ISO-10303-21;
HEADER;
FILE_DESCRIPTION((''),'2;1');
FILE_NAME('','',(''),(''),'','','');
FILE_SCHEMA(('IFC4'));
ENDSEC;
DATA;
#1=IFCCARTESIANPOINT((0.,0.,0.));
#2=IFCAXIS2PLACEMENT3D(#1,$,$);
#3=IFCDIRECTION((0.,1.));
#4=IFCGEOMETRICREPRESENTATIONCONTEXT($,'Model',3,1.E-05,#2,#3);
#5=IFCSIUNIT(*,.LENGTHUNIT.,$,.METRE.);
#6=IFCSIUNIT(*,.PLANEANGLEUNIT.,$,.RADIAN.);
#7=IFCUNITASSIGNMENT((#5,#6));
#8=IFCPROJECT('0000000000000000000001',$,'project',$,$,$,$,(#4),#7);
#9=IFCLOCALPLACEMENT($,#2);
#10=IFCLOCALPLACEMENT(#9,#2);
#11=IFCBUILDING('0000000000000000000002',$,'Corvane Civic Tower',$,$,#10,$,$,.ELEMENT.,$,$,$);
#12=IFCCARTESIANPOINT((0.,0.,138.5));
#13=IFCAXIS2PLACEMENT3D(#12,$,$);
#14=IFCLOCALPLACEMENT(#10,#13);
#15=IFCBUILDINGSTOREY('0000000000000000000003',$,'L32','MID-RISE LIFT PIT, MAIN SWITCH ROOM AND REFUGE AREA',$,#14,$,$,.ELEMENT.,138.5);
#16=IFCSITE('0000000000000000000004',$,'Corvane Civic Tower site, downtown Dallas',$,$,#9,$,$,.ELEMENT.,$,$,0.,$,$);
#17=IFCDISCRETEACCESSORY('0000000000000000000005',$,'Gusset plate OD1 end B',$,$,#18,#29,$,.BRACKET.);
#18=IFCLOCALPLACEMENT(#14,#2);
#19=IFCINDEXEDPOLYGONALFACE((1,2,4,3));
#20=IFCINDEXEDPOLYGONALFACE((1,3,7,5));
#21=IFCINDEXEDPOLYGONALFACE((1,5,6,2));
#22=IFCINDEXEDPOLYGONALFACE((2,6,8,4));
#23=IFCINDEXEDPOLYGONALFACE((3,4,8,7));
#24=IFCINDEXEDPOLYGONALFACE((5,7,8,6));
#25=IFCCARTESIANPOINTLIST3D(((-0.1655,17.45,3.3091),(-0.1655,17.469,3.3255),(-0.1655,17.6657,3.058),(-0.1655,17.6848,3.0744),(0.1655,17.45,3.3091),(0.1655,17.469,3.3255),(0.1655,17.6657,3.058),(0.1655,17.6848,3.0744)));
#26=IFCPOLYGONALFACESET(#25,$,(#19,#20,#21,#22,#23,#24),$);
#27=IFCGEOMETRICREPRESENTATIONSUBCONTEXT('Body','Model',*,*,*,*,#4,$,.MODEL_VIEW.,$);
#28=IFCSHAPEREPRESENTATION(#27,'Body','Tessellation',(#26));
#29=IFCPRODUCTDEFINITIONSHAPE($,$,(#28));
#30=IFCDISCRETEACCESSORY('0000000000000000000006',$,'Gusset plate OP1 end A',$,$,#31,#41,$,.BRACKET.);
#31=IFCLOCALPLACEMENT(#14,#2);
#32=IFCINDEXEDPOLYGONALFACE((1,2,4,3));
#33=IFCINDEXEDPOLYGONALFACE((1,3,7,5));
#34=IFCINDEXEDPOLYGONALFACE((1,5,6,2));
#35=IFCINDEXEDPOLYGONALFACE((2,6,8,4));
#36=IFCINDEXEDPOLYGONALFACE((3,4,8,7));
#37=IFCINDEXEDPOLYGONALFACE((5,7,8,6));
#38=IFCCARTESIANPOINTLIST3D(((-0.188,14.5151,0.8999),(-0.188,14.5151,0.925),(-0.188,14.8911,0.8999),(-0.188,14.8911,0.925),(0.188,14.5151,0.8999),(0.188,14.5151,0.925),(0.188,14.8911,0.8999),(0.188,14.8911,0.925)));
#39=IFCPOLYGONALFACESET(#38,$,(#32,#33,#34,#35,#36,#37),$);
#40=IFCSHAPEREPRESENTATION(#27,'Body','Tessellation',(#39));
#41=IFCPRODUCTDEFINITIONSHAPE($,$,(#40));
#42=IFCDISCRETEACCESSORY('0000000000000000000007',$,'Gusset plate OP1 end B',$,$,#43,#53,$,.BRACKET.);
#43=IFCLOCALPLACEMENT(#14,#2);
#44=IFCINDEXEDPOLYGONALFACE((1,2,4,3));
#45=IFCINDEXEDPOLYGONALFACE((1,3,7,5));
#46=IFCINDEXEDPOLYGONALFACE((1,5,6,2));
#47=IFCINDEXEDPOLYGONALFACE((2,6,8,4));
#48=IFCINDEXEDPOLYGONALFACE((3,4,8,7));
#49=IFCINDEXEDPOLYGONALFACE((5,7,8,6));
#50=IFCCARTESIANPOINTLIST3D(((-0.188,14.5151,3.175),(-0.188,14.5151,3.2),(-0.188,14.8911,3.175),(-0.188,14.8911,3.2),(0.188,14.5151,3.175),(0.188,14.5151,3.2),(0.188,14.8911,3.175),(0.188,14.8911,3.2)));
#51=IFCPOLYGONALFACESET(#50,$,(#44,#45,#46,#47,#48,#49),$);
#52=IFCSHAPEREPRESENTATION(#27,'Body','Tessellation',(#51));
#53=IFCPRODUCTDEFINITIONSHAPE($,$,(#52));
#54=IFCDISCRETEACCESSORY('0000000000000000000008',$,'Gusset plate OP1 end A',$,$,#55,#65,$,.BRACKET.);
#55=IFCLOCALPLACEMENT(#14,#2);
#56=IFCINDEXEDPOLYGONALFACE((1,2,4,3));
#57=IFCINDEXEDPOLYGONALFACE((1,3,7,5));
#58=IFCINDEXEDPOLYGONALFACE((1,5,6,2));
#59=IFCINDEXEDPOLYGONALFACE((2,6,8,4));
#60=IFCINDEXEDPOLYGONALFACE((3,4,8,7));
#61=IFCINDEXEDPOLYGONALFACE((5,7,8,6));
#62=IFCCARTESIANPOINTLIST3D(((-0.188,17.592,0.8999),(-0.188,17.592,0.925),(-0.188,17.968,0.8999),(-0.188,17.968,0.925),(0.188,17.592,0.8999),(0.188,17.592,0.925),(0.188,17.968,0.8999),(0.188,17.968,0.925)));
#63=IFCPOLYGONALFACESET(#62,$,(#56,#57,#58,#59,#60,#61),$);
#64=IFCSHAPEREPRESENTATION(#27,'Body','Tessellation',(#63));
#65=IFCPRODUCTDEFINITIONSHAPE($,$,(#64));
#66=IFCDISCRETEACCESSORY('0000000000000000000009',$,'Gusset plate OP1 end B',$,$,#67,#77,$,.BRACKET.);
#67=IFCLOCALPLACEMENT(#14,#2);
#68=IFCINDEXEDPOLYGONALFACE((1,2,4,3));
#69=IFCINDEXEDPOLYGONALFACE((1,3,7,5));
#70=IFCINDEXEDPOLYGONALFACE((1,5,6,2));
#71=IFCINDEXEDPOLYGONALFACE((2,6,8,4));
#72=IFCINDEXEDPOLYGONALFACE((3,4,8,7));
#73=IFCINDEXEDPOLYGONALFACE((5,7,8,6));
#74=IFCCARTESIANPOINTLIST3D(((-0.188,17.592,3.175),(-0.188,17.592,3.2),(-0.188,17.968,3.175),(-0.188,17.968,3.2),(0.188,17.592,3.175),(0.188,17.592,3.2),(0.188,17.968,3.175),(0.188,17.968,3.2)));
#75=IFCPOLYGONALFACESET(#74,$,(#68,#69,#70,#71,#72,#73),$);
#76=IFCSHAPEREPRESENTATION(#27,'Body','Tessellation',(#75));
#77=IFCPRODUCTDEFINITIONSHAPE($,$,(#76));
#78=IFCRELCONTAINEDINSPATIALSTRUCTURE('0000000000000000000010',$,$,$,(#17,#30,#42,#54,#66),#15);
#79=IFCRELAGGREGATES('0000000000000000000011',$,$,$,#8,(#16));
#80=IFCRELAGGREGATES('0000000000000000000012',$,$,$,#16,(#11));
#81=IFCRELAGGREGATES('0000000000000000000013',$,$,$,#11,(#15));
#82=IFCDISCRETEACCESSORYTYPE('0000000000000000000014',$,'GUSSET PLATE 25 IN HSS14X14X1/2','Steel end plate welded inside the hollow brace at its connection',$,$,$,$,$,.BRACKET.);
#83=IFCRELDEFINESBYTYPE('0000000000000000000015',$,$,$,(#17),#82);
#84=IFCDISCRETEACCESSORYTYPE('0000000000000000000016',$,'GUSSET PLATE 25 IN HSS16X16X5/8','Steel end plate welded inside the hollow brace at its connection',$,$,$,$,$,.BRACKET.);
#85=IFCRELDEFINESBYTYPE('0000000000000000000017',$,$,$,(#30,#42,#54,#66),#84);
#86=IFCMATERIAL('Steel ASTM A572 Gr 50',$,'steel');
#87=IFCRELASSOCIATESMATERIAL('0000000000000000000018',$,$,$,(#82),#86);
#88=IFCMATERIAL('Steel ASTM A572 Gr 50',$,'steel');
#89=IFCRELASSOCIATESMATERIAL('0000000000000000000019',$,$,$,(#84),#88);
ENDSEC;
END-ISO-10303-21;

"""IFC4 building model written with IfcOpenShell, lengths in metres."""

from ifc_helpers import new_model, si_unit, direction, frame, origin, origin_2d, place, context, subcontext, project, spatial, rectangle, extrude, material, material_profile, profile_set, type_object, element, save


model = new_model("IFC4")

# Units and contexts
model_context = context("Model", 3, precision=1e-05, world=origin(), true_north=direction((0.0, 1.0)))
body_context = subcontext(model_context, "Body", "Model", "MODEL_VIEW")
ifc_project = project(units=[si_unit("LENGTHUNIT", "METRE"), si_unit("PLANEANGLEUNIT", "RADIAN")], contexts=[model_context])

# Site, building, storey
site_placement = place(None, origin())
site = spatial("IfcSite", under=ifc_project, at=site_placement, Name="Corvane Civic Tower site, downtown Dallas", CompositionType="ELEMENT", RefElevation=0.0)
building_placement = place(site_placement, origin())
building = spatial("IfcBuilding", under=site, at=building_placement, Name="Corvane Civic Tower", CompositionType="ELEMENT")
storey_placement = place(building_placement, frame((0.0, 0.0, 138.5)))
storey = spatial("IfcBuildingStorey", under=building, at=storey_placement, Name="L32", Description="MID-RISE LIFT PIT, MAIN SWITCH ROOM AND REFUGE AREA", CompositionType="ELEMENT", Elevation=138.5)

# Discrete accessories
ifc_material_1 = material(Name="Steel ASTM A572 Gr 50", Category="steel")
ifc_material_profile_1 = material_profile(ifc_material_1, rectangle(XDim=0.3311, YDim=0.3311, at=origin_2d()), Name="GUSSET PLATE 25 IN HSS14X14X1/2")
ifc_profile_set_1 = profile_set([ifc_material_profile_1], Name="Steel ASTM A572 Gr 50")
discrete_accessory_type_1 = type_object("IfcDiscreteAccessoryType", Name="GUSSET PLATE 25 IN HSS14X14X1/2", Description="Steel end plate welded inside the hollow brace at its connection", PredefinedType="BRACKET", material=ifc_profile_set_1)
discrete_accessory_1_placement = place(storey_placement, frame((0.0, 17.5769, 3.2), z_axis=(0.0, -0.75857, -0.651592), x_axis=(1.0, 0.0, 0.0)))
element("IfcDiscreteAccessory", 1, at=discrete_accessory_1_placement, inside=storey, type_object=discrete_accessory_type_1, Name="Gusset plate OD1 end B", PredefinedType="BRACKET", context=body_context, shape_type="SweptSolid", body=[
    extrude(rectangle(XDim=0.3311, YDim=0.3311, at=origin_2d()), origin(), (0.0, 0.0, 1.0), 0.0251),
])
ifc_material_2 = material(Name="Steel ASTM A572 Gr 50", Category="steel")
ifc_material_profile_2 = material_profile(ifc_material_2, rectangle(XDim=0.376, YDim=0.376, at=origin_2d()), Name="GUSSET PLATE 25 IN HSS16X16X5/8")
ifc_profile_set_2 = profile_set([ifc_material_profile_2], Name="Steel ASTM A572 Gr 50")
discrete_accessory_type_2 = type_object("IfcDiscreteAccessoryType", Name="GUSSET PLATE 25 IN HSS16X16X5/8", Description="Steel end plate welded inside the hollow brace at its connection", PredefinedType="BRACKET", material=ifc_profile_set_2)
discrete_accessory_2_placement = place(storey_placement, frame((0.0, 14.7031, 0.8999), z_axis=(0.0, 0.0, 1.0), x_axis=(1.0, 0.0, 0.0)))
element("IfcDiscreteAccessory", 2, at=discrete_accessory_2_placement, inside=storey, type_object=discrete_accessory_type_2, Name="Gusset plate OP1 end A", PredefinedType="BRACKET", context=body_context, shape_type="SweptSolid", body=[
    extrude(rectangle(XDim=0.376, YDim=0.376, at=origin_2d()), origin(), (0.0, 0.0, 1.0), 0.0251),
])
discrete_accessory_3_placement = place(storey_placement, frame((0.0, 14.7031, 3.2), z_axis=(0.0, 0.0, -1.0), x_axis=(1.0, 0.0, 0.0)))
element("IfcDiscreteAccessory", 3, at=discrete_accessory_3_placement, inside=storey, type_object=discrete_accessory_type_2, Name="Gusset plate OP1 end B", PredefinedType="BRACKET", context=body_context, shape_type="SweptSolid", body=[
    extrude(rectangle(XDim=0.376, YDim=0.376, at=origin_2d()), origin(), (0.0, 0.0, 1.0), 0.0249),
])
discrete_accessory_4_placement = place(storey_placement, frame((0.0, 17.78, 0.8999), z_axis=(0.0, 0.0, 1.0), x_axis=(1.0, 0.0, 0.0)))
element("IfcDiscreteAccessory", 4, at=discrete_accessory_4_placement, inside=storey, type_object=discrete_accessory_type_2, Name="Gusset plate OP1 end A", PredefinedType="BRACKET", context=body_context, shape_type="SweptSolid", body=[
    extrude(rectangle(XDim=0.376, YDim=0.376, at=origin_2d()), origin(), (0.0, 0.0, 1.0), 0.0251),
])
discrete_accessory_5_placement = place(storey_placement, frame((0.0, 17.78, 3.2), z_axis=(0.0, 0.0, -1.0), x_axis=(1.0, 0.0, 0.0)))
element("IfcDiscreteAccessory", 5, at=discrete_accessory_5_placement, inside=storey, type_object=discrete_accessory_type_2, Name="Gusset plate OP1 end B", PredefinedType="BRACKET", context=body_context, shape_type="SweptSolid", body=[
    extrude(rectangle(XDim=0.376, YDim=0.376, at=origin_2d()), origin(), (0.0, 0.0, 1.0), 0.0249),
])

save(model, "model.ifc")
